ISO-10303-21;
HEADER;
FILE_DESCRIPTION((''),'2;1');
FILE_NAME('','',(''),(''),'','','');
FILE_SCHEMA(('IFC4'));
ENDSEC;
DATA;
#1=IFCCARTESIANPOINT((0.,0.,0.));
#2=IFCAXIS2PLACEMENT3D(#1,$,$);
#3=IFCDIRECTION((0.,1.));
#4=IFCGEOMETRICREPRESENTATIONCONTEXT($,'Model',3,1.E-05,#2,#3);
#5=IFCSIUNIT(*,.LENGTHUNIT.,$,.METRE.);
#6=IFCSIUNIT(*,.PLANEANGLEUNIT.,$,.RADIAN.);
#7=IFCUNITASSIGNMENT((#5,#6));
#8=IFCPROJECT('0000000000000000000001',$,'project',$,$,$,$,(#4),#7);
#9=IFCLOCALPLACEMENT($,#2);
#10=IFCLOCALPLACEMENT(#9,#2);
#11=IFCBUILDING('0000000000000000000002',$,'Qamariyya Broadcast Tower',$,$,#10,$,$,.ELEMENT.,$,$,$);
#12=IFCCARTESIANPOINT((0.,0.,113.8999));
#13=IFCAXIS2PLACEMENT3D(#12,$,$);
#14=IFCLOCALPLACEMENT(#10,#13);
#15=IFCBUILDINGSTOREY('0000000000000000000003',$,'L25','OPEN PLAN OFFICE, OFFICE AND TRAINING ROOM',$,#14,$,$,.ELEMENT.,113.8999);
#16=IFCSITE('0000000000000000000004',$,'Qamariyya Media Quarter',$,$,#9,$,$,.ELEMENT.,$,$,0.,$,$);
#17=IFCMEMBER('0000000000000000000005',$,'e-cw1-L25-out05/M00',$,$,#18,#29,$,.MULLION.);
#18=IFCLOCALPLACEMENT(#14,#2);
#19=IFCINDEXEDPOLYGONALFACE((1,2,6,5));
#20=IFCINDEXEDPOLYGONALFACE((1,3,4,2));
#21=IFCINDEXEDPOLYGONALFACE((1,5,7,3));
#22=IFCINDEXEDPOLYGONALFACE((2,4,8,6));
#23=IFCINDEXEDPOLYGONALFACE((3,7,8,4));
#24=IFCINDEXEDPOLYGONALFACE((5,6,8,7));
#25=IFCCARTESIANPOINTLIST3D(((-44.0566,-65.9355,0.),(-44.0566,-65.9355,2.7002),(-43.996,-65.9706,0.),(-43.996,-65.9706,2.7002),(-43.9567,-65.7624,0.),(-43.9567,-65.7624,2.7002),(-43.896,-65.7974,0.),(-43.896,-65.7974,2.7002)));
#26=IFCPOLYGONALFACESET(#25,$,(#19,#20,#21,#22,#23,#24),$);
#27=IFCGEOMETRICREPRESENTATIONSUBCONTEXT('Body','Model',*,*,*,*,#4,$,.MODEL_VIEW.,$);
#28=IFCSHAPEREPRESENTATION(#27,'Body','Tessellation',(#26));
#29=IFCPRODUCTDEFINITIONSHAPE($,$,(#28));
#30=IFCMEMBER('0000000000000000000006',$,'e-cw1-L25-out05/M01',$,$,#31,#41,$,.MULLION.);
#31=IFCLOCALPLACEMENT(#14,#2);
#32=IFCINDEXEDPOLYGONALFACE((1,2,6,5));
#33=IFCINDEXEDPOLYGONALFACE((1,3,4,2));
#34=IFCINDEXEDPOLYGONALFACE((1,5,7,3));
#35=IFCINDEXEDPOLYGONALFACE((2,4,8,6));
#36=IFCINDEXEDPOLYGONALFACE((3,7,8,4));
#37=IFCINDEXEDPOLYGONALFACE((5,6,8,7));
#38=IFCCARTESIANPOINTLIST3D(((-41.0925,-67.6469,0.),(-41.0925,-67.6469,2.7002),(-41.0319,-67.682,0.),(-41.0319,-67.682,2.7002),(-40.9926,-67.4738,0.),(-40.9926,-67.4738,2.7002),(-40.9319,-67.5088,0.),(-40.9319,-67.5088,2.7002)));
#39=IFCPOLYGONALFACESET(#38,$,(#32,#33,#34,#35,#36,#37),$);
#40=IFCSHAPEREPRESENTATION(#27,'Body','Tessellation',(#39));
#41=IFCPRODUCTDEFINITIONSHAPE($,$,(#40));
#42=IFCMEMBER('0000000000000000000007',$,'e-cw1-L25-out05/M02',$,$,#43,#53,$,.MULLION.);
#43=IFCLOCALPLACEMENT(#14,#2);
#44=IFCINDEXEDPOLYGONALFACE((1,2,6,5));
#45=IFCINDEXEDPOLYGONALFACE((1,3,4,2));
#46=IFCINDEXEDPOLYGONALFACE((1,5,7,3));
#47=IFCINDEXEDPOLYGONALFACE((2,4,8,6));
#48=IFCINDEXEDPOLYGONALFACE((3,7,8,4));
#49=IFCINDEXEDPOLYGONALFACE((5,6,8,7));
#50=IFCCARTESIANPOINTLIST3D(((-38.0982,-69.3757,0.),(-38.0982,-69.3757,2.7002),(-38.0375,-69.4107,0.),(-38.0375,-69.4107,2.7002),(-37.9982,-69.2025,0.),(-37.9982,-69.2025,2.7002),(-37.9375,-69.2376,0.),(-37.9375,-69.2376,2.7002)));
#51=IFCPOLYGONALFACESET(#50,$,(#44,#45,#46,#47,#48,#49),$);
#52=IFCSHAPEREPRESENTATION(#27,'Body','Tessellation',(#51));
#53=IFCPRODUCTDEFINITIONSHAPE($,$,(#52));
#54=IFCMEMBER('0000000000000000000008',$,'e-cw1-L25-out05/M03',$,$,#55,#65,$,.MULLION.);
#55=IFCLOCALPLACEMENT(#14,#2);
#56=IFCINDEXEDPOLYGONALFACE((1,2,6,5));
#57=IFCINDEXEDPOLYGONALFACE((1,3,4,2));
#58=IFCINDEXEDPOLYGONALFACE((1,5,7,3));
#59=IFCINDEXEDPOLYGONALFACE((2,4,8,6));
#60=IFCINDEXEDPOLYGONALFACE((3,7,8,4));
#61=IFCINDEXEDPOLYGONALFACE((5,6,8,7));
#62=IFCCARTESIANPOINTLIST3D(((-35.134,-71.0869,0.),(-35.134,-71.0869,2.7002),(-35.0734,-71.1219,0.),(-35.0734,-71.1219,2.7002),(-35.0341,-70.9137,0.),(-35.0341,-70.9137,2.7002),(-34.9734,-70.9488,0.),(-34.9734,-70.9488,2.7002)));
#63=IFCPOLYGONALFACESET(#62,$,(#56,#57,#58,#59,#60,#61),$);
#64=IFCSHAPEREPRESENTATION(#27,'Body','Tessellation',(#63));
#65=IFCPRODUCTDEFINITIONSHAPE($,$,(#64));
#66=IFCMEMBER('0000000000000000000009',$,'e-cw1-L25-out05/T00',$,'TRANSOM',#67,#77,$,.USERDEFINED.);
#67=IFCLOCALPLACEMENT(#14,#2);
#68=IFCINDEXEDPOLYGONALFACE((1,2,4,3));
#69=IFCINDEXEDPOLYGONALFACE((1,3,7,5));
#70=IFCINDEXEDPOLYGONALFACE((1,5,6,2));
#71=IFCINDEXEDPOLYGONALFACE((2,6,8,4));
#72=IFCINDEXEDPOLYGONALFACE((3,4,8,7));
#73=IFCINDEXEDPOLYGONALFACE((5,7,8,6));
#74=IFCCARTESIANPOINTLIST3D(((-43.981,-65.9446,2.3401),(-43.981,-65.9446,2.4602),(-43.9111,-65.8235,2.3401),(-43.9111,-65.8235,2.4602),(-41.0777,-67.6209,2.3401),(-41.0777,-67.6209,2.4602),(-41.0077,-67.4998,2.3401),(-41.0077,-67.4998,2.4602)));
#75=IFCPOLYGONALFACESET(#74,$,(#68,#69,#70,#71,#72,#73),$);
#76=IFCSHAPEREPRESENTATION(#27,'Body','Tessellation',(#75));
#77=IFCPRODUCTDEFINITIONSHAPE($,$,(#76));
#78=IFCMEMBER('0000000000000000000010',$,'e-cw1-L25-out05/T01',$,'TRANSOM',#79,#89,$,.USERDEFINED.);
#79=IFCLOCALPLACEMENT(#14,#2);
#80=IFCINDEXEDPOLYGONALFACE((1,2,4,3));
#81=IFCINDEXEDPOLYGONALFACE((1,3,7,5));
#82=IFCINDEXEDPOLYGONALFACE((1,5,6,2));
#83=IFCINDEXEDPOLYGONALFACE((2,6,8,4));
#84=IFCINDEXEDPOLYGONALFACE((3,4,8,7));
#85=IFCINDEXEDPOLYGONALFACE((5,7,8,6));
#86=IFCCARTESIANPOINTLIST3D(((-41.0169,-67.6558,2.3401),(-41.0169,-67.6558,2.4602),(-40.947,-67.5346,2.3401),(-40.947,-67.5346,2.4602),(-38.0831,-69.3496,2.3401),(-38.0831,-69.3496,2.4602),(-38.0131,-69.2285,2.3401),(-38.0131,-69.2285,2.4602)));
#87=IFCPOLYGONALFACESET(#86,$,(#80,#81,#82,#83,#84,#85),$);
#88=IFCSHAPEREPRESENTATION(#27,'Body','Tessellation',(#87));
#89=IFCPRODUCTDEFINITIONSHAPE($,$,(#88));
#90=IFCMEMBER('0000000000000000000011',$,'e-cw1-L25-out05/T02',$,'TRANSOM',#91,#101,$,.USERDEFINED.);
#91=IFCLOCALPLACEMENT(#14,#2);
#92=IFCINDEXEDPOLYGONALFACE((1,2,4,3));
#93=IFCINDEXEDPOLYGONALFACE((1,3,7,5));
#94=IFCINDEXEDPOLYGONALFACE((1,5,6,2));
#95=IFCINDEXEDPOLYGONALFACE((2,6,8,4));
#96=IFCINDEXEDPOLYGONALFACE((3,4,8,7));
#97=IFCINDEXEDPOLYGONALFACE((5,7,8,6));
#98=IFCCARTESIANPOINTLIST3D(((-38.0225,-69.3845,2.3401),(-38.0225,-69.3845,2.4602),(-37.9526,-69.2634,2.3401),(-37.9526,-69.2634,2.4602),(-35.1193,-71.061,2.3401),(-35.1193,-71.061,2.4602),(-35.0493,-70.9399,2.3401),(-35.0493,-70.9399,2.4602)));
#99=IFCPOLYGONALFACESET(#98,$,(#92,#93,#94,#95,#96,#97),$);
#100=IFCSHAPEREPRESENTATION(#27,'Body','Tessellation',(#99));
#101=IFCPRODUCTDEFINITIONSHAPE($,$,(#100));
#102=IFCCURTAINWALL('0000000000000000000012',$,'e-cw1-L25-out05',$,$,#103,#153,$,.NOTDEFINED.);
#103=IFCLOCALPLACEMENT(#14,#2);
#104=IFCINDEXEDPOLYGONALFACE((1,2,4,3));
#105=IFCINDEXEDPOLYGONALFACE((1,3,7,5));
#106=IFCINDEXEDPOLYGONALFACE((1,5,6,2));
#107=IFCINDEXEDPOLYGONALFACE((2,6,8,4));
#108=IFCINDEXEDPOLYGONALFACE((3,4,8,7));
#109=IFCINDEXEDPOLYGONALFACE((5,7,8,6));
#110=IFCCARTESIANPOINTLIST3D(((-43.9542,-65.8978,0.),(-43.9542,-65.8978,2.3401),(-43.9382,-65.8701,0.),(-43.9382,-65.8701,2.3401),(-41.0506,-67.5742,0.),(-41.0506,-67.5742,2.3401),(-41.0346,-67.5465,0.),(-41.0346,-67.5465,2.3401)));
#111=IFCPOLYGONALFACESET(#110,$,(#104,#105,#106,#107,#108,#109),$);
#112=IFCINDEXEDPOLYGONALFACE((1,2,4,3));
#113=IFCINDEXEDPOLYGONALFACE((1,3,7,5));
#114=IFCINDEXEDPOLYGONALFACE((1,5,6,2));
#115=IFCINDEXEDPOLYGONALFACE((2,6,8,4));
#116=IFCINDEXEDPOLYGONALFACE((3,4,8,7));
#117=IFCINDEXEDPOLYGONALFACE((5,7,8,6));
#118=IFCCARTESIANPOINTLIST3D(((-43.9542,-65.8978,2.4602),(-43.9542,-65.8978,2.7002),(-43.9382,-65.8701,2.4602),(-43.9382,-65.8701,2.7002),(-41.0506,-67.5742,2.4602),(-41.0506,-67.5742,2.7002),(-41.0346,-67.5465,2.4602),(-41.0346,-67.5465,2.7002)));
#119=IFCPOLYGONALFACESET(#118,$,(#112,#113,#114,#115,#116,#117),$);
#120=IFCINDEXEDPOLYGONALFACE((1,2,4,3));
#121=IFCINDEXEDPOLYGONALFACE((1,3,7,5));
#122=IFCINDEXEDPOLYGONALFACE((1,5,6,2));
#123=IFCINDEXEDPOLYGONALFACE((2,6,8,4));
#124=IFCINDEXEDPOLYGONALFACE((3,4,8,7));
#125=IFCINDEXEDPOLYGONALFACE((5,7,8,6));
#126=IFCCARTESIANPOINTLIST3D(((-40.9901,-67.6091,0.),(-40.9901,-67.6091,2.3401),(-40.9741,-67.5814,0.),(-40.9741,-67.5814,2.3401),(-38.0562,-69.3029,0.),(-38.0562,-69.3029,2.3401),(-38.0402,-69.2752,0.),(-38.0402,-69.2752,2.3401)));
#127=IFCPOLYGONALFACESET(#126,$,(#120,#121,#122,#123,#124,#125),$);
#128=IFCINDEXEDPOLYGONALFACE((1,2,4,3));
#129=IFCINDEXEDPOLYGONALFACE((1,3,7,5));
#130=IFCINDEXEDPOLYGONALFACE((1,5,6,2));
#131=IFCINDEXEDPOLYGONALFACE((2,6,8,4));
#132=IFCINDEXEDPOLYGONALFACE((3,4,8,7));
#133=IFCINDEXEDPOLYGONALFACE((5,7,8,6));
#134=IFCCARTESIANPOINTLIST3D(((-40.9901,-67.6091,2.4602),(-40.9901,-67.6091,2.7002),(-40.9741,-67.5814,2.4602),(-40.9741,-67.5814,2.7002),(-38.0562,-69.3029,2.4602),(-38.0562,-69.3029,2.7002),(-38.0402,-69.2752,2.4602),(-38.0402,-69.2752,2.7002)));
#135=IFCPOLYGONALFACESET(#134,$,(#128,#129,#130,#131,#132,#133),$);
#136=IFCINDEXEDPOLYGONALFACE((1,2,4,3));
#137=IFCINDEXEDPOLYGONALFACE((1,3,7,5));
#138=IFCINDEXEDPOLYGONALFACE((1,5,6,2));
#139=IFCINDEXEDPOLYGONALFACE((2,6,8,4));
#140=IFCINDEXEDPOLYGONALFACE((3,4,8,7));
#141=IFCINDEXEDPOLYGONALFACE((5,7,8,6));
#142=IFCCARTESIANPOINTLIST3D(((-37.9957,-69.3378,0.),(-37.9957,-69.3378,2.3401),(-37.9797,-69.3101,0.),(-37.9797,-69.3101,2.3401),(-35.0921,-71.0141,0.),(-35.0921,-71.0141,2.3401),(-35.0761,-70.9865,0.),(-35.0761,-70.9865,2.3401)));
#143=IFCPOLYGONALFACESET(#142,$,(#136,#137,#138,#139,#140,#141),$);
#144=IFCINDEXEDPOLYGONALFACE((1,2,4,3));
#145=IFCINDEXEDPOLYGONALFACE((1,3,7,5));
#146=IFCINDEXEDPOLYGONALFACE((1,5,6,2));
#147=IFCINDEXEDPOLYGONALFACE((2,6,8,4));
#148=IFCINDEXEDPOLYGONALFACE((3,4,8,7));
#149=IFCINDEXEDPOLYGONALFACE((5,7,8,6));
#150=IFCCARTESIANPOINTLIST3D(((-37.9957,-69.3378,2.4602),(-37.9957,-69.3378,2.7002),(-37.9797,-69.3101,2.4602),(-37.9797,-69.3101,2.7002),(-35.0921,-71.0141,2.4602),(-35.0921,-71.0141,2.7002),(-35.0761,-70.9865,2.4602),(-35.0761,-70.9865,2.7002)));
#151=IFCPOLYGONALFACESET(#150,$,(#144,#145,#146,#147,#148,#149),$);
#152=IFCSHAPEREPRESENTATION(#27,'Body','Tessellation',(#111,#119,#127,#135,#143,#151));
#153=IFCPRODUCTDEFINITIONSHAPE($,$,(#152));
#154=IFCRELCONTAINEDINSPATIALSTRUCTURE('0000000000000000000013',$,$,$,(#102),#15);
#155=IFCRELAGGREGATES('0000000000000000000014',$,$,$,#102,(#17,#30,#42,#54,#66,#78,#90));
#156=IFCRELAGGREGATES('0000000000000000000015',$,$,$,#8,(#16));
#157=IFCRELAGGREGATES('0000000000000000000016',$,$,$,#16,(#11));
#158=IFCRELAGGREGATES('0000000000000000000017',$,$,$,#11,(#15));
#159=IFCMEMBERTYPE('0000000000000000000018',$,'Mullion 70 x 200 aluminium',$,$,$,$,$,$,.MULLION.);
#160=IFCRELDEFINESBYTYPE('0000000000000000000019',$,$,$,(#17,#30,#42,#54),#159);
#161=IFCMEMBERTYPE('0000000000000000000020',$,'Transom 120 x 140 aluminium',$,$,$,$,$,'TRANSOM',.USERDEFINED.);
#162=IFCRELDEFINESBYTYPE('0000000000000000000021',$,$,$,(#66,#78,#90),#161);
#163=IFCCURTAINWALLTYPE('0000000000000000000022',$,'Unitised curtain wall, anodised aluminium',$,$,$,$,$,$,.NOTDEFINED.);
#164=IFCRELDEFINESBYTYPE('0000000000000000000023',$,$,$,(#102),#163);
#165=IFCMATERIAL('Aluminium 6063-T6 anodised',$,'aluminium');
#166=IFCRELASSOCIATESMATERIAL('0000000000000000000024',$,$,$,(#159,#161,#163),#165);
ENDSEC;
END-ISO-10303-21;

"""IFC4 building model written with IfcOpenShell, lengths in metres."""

from ifc_helpers import new_model, si_unit, direction, frame, origin, origin_2d, place, context, subcontext, project, spatial, rectangle, extrude, material, material_profile, profile_set, type_object, element, aggregate, save


model = new_model("IFC4")

# Units and contexts
model_context = context("Model", 3, precision=1e-05, world=origin(), true_north=direction((0.0, 1.0)))
body_context = subcontext(model_context, "Body", "Model", "MODEL_VIEW")
ifc_project = project(units=[si_unit("LENGTHUNIT", "METRE"), si_unit("PLANEANGLEUNIT", "RADIAN")], contexts=[model_context])

# Members
ifc_material = material(Name="Aluminium 6063-T6 anodised", Category="aluminium")
ifc_material_profile_1 = material_profile(ifc_material, rectangle(XDim=0.2, YDim=0.0701, at=origin_2d()))
ifc_profile_set_1 = profile_set([ifc_material_profile_1], Name="Aluminium 6063-T6 anodised")
member_type_1 = type_object("IfcMemberType", Name="Mullion 70 x 200 aluminium", PredefinedType="MULLION", material=ifc_profile_set_1)
site_placement = place(None, origin())
building_placement = place(site_placement, origin())
storey_placement = place(building_placement, frame((0.0, 0.0, 113.8999)))
member_1_placement = place(storey_placement, frame((-43.9763, -65.8665, 0.0), z_axis=(0.0, 0.0, 1.0), x_axis=(0.5, 0.866025, 0.0)))
member_1 = element("IfcMember", 1, at=member_1_placement, type_object=member_type_1, Name="e-cw1-L25-out05/M00", PredefinedType="MULLION", context=body_context, shape_type="SweptSolid", body=[
    extrude(rectangle(XDim=0.2, YDim=0.0701, at=origin_2d()), origin(), (0.0, 0.0, 1.0), 2.7002),
])
member_2_placement = place(storey_placement, frame((-41.0122, -67.5779, 0.0), z_axis=(0.0, 0.0, 1.0), x_axis=(0.5, 0.866025, 0.0)))
member_2 = element("IfcMember", 2, at=member_2_placement, type_object=member_type_1, Name="e-cw1-L25-out05/M01", PredefinedType="MULLION", context=body_context, shape_type="SweptSolid", body=[
    extrude(rectangle(XDim=0.2, YDim=0.0701, at=origin_2d()), origin(), (0.0, 0.0, 1.0), 2.7002),
])
member_3_placement = place(storey_placement, frame((-38.0178, -69.3066, 0.0), z_axis=(0.0, 0.0, 1.0), x_axis=(0.5, 0.866025, 0.0)))
member_3 = element("IfcMember", 3, at=member_3_placement, type_object=member_type_1, Name="e-cw1-L25-out05/M02", PredefinedType="MULLION", context=body_context, shape_type="SweptSolid", body=[
    extrude(rectangle(XDim=0.2, YDim=0.0701, at=origin_2d()), origin(), (0.0, 0.0, 1.0), 2.7002),
])
member_4_placement = place(storey_placement, frame((-35.0537, -71.0178, 0.0), z_axis=(0.0, 0.0, 1.0), x_axis=(0.5, 0.866025, 0.0)))
member_4 = element("IfcMember", 4, at=member_4_placement, type_object=member_type_1, Name="e-cw1-L25-out05/M03", PredefinedType="MULLION", context=body_context, shape_type="SweptSolid", body=[
    extrude(rectangle(XDim=0.2, YDim=0.0701, at=origin_2d()), origin(), (0.0, 0.0, 1.0), 2.7002),
])
ifc_material_profile_2 = material_profile(ifc_material, rectangle(XDim=0.1399, YDim=0.1201, at=origin_2d()))
ifc_profile_set_2 = profile_set([ifc_material_profile_2], Name="Aluminium 6063-T6 anodised")
member_type_2 = type_object("IfcMemberType", Name="Transom 120 x 140 aluminium", ElementType="TRANSOM", PredefinedType="USERDEFINED", material=ifc_profile_set_2)
member_5_placement = place(storey_placement, frame((-43.946, -65.884, 2.4001), z_axis=(0.866021, -0.500008, 0.0), x_axis=(0.500008, 0.866021, 0.0)))
member_5 = element("IfcMember", 5, at=member_5_placement, type_object=member_type_2, Name="e-cw1-L25-out05/T00", ObjectType="TRANSOM", PredefinedType="USERDEFINED", context=body_context, shape_type="SweptSolid", body=[
    extrude(rectangle(XDim=0.1399, YDim=0.1201, at=origin_2d()), origin(), (0.0, 0.0, 1.0), 3.3525),
])
member_6_placement = place(storey_placement, frame((-40.9819, -67.5952, 2.4001), z_axis=(0.866026, -0.499999, 0.0), x_axis=(0.499999, 0.866026, 0.0)))
member_6 = element("IfcMember", 6, at=member_6_placement, type_object=member_type_2, Name="e-cw1-L25-out05/T01", ObjectType="TRANSOM", PredefinedType="USERDEFINED", context=body_context, shape_type="SweptSolid", body=[
    extrude(rectangle(XDim=0.1399, YDim=0.1201, at=origin_2d()), origin(), (0.0, 0.0, 1.0), 3.3877),
])
member_7_placement = place(storey_placement, frame((-37.9875, -69.324, 2.4001), z_axis=(0.865989, -0.500063, 0.0), x_axis=(0.500063, 0.865989, 0.0)))
member_7 = element("IfcMember", 7, at=member_7_placement, type_object=member_type_2, Name="e-cw1-L25-out05/T02", ObjectType="TRANSOM", PredefinedType="USERDEFINED", context=body_context, shape_type="SweptSolid", body=[
    extrude(rectangle(XDim=0.1399, YDim=0.1201, at=origin_2d()), origin(), (0.0, 0.0, 1.0), 3.3525),
])

# Site, building, storey
site = spatial("IfcSite", under=ifc_project, at=site_placement, Name="Qamariyya Media Quarter", CompositionType="ELEMENT", RefElevation=0.0)
building = spatial("IfcBuilding", under=site, at=building_placement, Name="Qamariyya Broadcast Tower", CompositionType="ELEMENT")
storey = spatial("IfcBuildingStorey", under=building, at=storey_placement, Name="L25", Description="OPEN PLAN OFFICE, OFFICE AND TRAINING ROOM", CompositionType="ELEMENT", Elevation=113.8999)

# Curtain wall
curtain_wall_type = type_object("IfcCurtainWallType", Name="Unitised curtain wall, anodised aluminium", PredefinedType="NOTDEFINED", material=ifc_material)
curtain_wall_1_placement = place(storey_placement, origin())
curtain_wall_1 = element("IfcCurtainWall", 8, at=curtain_wall_1_placement, inside=storey, type_object=curtain_wall_type, Name="e-cw1-L25-out05", PredefinedType="NOTDEFINED", context=body_context, shape_type="SweptSolid", body=[
    extrude(rectangle(XDim=3.3528, YDim=0.032, at=origin_2d()), frame((-42.4944, -66.7222, 0.0), x_axis=(0.866027, -0.499997, 0.0)), (0.0, 0.0, 1.0), 2.3401),
    extrude(rectangle(XDim=3.3528, YDim=0.032, at=origin_2d()), frame((-42.4944, -66.7222, 2.4602), x_axis=(0.866027, -0.499997, 0.0)), (0.0, 0.0, 1.0), 0.24),
    extrude(rectangle(XDim=3.3877, YDim=0.032, at=origin_2d()), frame((-39.5151, -68.4421, 0.0), x_axis=(0.866027, -0.499997, 0.0)), (0.0, 0.0, 1.0), 2.3401),
    extrude(rectangle(XDim=3.3877, YDim=0.032, at=origin_2d()), frame((-39.5151, -68.4421, 2.4602), x_axis=(0.866027, -0.499997, 0.0)), (0.0, 0.0, 1.0), 0.24),
    extrude(rectangle(XDim=3.3528, YDim=0.032, at=origin_2d()), frame((-36.5359, -70.1621, 0.0), x_axis=(0.866027, -0.499997, 0.0)), (0.0, 0.0, 1.0), 2.3401),
    extrude(rectangle(XDim=3.3528, YDim=0.032, at=origin_2d()), frame((-36.5359, -70.1621, 2.4602), x_axis=(0.866027, -0.499997, 0.0)), (0.0, 0.0, 1.0), 0.24),
])
aggregate(curtain_wall_1, [member_1, member_2, member_3, member_4, member_5, member_6, member_7])

save(model, "model.ifc")
